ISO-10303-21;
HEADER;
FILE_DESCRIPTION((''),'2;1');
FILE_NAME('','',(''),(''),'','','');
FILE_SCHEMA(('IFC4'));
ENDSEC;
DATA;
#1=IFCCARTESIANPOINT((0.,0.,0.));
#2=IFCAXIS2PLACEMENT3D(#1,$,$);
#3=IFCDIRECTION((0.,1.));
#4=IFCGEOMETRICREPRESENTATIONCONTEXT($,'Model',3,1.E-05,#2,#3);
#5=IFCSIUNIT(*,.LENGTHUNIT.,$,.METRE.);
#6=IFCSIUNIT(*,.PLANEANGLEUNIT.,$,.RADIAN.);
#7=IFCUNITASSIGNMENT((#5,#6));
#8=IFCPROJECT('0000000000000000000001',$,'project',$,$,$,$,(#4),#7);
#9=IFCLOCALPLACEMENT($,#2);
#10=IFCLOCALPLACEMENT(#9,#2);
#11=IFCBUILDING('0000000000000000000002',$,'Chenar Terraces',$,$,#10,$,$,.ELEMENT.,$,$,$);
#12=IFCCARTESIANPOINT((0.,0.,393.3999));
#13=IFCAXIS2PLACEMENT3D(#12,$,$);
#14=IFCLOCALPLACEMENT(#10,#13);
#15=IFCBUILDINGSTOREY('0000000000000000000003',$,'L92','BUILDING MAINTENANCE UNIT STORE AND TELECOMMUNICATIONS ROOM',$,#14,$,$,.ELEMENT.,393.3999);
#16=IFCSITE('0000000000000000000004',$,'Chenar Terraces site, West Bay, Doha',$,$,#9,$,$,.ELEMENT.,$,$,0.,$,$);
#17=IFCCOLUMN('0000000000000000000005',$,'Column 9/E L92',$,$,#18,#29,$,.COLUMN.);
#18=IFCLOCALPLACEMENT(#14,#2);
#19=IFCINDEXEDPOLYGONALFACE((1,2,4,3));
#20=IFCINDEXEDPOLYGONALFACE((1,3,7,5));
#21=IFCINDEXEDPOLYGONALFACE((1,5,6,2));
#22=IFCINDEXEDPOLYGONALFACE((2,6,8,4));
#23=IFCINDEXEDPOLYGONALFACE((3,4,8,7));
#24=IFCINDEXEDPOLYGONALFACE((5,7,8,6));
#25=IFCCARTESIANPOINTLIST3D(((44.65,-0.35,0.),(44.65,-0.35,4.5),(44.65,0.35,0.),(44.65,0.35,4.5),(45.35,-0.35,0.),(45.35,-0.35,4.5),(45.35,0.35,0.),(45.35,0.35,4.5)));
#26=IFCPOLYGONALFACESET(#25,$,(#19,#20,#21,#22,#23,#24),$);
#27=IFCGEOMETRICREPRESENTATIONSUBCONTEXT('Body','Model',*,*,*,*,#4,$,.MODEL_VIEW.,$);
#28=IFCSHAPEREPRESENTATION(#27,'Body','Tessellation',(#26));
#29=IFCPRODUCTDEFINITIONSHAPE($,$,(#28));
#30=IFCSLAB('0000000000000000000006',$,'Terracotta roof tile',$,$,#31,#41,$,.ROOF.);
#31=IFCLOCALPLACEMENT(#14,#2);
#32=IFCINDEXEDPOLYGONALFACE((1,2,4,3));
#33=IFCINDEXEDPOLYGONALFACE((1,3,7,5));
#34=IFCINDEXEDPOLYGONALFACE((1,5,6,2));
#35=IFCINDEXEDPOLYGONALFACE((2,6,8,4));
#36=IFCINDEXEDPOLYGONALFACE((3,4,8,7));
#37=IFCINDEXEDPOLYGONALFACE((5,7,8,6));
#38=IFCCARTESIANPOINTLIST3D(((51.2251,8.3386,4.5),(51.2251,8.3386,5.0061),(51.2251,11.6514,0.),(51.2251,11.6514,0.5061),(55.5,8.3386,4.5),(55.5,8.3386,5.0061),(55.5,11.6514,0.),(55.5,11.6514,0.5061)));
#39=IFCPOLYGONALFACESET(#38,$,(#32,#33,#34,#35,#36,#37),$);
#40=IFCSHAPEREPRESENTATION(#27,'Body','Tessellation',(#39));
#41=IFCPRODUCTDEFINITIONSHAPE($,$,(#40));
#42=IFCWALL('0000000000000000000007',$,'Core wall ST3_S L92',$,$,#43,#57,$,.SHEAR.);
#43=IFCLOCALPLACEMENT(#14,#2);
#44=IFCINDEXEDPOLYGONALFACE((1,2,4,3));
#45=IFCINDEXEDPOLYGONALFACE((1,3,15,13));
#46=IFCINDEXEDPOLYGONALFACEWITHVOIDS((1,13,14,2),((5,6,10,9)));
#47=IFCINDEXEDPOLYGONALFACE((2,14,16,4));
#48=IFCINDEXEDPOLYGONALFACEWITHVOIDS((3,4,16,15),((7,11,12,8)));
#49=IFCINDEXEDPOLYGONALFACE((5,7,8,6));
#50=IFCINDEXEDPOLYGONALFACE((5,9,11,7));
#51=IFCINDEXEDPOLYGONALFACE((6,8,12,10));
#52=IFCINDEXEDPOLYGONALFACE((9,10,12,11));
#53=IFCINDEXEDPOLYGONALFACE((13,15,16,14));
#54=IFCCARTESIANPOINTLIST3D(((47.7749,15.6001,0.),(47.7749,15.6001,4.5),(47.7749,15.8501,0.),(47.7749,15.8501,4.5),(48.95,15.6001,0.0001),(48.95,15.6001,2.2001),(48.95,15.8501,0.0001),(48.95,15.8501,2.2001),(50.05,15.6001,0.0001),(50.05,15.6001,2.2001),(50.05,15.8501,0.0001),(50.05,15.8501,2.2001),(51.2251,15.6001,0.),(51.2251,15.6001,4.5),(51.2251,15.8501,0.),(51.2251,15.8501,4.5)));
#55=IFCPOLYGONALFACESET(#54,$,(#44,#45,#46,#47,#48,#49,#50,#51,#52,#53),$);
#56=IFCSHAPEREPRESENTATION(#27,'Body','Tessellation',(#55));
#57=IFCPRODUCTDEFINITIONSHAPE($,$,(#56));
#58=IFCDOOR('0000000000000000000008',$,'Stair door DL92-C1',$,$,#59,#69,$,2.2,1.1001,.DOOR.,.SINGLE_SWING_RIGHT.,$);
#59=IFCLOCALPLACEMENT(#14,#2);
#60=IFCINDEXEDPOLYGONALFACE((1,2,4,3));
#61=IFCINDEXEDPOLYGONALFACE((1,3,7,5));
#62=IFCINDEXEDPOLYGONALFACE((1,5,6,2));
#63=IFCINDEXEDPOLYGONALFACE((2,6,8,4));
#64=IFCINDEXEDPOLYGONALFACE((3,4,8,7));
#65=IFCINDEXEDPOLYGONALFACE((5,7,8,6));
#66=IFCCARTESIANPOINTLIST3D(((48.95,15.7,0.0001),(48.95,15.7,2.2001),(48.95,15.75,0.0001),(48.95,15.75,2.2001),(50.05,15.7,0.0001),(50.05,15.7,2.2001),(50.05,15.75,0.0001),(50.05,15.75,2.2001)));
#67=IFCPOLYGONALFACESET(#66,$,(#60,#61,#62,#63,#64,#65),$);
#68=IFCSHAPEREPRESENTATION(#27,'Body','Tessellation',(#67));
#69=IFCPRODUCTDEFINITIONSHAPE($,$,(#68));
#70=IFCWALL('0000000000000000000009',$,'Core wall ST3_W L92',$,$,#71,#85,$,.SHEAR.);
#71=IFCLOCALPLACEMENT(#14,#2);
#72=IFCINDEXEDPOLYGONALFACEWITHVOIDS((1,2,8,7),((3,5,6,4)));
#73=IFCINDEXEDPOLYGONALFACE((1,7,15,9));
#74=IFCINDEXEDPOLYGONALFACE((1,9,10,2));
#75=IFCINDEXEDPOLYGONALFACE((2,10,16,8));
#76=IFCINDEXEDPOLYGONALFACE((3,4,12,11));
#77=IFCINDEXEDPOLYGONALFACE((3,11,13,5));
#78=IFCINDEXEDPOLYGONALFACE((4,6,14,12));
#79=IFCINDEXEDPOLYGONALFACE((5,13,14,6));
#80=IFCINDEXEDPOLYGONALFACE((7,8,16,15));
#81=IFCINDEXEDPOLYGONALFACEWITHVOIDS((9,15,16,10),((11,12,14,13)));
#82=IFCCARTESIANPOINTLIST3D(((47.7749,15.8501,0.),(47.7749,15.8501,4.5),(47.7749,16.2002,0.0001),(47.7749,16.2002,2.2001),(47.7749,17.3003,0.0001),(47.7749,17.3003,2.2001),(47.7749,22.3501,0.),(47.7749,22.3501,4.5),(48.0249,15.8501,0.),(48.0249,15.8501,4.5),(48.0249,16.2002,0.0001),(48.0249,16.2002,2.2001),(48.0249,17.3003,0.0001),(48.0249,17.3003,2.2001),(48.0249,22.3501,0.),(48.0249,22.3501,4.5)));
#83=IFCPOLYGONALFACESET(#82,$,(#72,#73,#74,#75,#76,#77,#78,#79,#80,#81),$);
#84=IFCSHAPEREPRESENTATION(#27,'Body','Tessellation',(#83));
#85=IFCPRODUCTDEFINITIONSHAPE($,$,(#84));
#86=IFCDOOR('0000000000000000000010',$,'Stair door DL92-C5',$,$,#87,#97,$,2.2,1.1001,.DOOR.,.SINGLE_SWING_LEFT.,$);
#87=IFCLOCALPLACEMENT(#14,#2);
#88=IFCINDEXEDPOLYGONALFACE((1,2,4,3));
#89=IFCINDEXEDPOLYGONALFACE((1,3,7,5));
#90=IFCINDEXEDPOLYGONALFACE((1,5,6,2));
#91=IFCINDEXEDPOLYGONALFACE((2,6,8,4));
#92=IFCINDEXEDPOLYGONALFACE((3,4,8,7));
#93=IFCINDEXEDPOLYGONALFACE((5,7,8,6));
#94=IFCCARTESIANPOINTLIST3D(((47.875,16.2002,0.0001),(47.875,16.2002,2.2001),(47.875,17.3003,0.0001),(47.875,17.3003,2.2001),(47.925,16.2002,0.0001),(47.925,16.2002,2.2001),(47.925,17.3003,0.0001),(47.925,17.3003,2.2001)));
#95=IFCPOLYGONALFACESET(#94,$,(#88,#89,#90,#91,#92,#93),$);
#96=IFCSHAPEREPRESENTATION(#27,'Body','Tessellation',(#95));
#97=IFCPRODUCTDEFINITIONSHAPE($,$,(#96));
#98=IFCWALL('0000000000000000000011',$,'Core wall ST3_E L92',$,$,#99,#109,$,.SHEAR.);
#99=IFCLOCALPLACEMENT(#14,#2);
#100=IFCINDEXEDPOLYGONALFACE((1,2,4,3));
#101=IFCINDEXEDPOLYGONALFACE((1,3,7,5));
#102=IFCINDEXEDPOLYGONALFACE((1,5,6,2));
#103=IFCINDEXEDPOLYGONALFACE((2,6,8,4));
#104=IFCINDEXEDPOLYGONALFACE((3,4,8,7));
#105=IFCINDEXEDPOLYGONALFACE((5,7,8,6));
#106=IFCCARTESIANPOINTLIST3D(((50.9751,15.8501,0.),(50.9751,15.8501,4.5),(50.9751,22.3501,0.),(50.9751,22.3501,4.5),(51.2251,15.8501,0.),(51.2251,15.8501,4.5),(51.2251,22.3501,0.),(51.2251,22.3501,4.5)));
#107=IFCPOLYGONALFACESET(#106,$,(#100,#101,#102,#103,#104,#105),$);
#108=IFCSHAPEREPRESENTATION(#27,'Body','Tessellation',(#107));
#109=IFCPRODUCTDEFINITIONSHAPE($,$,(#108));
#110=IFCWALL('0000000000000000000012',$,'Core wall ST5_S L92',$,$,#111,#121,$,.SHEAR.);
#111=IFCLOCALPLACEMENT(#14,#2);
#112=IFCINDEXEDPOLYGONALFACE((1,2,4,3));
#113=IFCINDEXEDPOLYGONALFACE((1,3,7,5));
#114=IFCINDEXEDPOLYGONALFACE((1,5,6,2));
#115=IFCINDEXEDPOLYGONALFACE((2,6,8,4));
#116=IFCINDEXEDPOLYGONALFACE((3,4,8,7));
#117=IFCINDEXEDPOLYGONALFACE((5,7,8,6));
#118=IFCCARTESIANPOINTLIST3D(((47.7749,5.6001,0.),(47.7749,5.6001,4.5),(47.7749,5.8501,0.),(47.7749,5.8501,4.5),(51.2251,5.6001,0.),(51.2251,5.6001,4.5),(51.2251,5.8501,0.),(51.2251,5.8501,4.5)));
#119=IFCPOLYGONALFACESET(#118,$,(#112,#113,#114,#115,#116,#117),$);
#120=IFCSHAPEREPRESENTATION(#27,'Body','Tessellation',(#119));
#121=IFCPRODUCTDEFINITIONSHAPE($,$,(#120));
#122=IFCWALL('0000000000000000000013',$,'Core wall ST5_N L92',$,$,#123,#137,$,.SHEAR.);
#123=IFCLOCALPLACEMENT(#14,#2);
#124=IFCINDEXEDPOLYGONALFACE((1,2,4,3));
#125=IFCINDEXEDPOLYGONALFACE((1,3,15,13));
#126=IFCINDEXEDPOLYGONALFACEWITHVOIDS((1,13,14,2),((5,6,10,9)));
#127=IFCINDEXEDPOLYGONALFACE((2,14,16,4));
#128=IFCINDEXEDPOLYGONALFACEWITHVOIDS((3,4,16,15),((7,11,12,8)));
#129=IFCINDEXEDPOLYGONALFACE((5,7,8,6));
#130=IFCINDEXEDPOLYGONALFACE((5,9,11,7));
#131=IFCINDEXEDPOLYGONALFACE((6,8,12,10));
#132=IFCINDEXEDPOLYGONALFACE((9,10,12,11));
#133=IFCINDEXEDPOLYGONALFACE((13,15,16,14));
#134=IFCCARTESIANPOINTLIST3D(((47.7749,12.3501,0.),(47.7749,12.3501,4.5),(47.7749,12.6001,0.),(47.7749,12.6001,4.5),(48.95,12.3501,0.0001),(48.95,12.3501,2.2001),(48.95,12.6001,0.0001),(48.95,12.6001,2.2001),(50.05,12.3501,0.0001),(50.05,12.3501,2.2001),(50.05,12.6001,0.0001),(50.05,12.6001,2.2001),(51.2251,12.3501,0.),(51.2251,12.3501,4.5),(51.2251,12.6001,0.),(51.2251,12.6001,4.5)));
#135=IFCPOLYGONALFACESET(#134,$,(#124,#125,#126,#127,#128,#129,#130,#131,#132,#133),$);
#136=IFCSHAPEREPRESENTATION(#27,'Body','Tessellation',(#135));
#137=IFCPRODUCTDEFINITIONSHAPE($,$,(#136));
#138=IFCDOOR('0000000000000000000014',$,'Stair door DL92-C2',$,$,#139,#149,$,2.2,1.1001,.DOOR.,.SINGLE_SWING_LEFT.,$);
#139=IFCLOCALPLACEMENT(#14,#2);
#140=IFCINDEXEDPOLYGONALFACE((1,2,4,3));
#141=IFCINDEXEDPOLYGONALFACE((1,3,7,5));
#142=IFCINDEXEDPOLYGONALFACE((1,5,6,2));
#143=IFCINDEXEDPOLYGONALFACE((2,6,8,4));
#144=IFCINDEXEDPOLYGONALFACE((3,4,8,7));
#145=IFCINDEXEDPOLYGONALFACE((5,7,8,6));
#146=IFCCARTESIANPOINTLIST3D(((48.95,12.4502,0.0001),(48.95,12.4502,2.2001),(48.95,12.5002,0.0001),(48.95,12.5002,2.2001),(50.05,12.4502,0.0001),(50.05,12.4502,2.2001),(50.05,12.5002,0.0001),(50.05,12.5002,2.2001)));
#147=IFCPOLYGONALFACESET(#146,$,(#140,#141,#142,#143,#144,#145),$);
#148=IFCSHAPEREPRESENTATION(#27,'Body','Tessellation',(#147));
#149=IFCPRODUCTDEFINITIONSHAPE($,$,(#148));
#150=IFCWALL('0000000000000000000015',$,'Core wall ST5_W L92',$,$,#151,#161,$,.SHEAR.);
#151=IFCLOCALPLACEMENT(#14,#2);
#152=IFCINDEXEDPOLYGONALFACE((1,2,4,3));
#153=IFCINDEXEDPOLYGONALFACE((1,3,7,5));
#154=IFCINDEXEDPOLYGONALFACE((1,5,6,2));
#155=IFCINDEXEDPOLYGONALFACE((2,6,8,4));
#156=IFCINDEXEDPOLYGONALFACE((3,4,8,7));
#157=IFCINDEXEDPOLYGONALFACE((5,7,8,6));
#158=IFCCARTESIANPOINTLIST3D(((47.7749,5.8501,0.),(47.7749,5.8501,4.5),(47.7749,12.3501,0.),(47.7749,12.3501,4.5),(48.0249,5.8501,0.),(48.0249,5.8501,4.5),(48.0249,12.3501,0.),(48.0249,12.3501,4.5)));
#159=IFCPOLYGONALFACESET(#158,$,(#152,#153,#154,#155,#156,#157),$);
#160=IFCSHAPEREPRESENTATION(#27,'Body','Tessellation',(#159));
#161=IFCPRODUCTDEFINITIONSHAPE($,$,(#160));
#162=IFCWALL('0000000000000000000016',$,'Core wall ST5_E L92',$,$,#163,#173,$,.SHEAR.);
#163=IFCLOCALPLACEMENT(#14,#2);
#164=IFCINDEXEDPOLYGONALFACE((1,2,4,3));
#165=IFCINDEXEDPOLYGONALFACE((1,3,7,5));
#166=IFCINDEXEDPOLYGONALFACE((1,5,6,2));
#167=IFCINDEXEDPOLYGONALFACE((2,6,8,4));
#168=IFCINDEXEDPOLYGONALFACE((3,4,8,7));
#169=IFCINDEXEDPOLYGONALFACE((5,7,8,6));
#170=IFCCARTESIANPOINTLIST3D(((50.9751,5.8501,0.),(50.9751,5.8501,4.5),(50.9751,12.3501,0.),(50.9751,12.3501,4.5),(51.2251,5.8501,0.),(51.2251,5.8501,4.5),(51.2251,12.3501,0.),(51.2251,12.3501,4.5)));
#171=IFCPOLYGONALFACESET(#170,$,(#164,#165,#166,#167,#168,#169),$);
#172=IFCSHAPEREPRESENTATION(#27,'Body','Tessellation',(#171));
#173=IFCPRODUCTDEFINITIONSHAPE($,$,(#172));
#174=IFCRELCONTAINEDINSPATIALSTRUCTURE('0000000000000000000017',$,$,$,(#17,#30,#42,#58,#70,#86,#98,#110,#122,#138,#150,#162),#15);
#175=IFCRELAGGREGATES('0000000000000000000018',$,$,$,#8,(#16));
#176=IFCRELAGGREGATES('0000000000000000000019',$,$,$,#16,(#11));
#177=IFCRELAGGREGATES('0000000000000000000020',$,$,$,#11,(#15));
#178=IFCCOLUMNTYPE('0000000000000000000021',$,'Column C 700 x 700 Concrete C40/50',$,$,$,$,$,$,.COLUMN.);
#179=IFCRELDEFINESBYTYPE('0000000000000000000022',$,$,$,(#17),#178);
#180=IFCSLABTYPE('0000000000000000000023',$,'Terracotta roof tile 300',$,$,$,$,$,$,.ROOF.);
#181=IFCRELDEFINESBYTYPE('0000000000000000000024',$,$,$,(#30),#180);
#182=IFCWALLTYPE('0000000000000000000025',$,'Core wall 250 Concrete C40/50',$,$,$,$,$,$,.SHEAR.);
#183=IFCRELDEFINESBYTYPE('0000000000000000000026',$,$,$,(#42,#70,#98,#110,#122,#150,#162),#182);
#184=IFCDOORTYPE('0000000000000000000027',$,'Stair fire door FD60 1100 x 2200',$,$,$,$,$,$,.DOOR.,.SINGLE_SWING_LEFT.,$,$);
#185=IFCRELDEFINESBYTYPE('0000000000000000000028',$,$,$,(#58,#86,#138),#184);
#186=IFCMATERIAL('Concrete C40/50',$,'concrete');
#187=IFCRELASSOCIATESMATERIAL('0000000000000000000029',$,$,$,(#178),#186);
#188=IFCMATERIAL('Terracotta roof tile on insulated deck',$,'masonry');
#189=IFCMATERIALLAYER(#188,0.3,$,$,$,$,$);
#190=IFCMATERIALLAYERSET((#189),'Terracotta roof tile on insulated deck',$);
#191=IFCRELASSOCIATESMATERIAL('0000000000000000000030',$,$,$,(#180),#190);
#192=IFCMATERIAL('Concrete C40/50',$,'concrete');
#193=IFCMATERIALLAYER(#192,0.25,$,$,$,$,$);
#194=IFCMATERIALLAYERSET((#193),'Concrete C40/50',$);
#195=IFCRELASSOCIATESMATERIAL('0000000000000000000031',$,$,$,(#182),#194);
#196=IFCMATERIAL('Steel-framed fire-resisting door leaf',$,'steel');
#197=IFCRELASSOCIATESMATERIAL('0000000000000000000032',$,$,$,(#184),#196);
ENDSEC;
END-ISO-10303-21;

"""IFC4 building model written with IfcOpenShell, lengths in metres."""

from ifc_helpers import new_model, si_unit, direction, frame, frame_2d, origin, origin_2d, place, context, subcontext, project, spatial, polyline, rectangle, outline, extrude, material, layer, layer_set, material_profile, profile_set, type_object, element, fill, save


model = new_model("IFC4")

# Units and contexts
model_context = context("Model", 3, precision=1e-05, world=origin(), true_north=direction((0.0, 1.0)))
body_context = subcontext(model_context, "Body", "Model", "MODEL_VIEW")
ifc_project = project(units=[si_unit("LENGTHUNIT", "METRE"), si_unit("PLANEANGLEUNIT", "RADIAN")], contexts=[model_context])

# Site, building, storey
site_placement = place(None, origin())
site = spatial("IfcSite", under=ifc_project, at=site_placement, Name="Chenar Terraces site, West Bay, Doha", CompositionType="ELEMENT", RefElevation=0.0)
building_placement = place(site_placement, origin())
building = spatial("IfcBuilding", under=site, at=building_placement, Name="Chenar Terraces", CompositionType="ELEMENT")
storey_placement = place(building_placement, frame((0.0, 0.0, 393.3999)))
storey = spatial("IfcBuildingStorey", under=building, at=storey_placement, Name="L92", Description="BUILDING MAINTENANCE UNIT STORE AND TELECOMMUNICATIONS ROOM", CompositionType="ELEMENT", Elevation=393.3999)

# Column
ifc_material_1 = material(Name="Concrete C40/50", Category="concrete")
ifc_material_profile = material_profile(ifc_material_1, rectangle(XDim=0.7, YDim=0.7, at=origin_2d()), Name="C 700 x 700")
ifc_profile_set = profile_set([ifc_material_profile], Name="Concrete C40/50")
column_type = type_object("IfcColumnType", Name="Column C 700 x 700 Concrete C40/50", PredefinedType="COLUMN", material=ifc_profile_set)
column_placement = place(storey_placement, frame((45.0, 0.0, 0.0), z_axis=(0.0, 0.0, 1.0), x_axis=(1.0, 0.0, 0.0)))
element("IfcColumn", 1, at=column_placement, inside=storey, type_object=column_type, Name="Column 9/E L92", PredefinedType="COLUMN", context=body_context, shape_type="SweptSolid", body=[
    extrude(rectangle(XDim=0.7, YDim=0.7, at=origin_2d()), origin(), (0.0, 0.0, 1.0), 4.5),
])

# Slab
ifc_material_2 = material(Name="Terracotta roof tile on insulated deck", Category="masonry")
ifc_layer_1 = layer(ifc_material_2, 0.3)
ifc_layer_set_1 = layer_set([ifc_layer_1], Name="Terracotta roof tile on insulated deck")
slab_type = type_object("IfcSlabType", Name="Terracotta roof tile 300", PredefinedType="ROOF", material=ifc_layer_set_1)
slab_placement = place(storey_placement, frame((51.2251, 11.6514, 0.5061), z_axis=(0.0, 0.805316, 0.592846), x_axis=(1.0, 0.0, 0.0)))
element("IfcSlab", 2, at=slab_placement, inside=storey, type_object=slab_type, Name="Terracotta roof tile", PredefinedType="ROOF", context=body_context, shape_type="SweptSolid", body=[
    extrude(outline(polyline([(0.0, 0.0), (4.2749, 0.0), (4.2749, -5.5879), (0.0, -5.5879), (0.0, 0.0)])), origin(), (0.0, 0.805316, -0.592846), 0.5061),
])

# Walls, openings, doors
ifc_material_3 = material(Name="Concrete C40/50", Category="concrete")
ifc_layer_2 = layer(ifc_material_3, 0.25)
ifc_layer_set_2 = layer_set([ifc_layer_2], Name="Concrete C40/50")
wall_type_1 = type_object("IfcWallType", Name="Core wall 250 Concrete C40/50", PredefinedType="SHEAR", material=ifc_layer_set_2)
wall_1_placement = place(storey_placement, frame((47.7749, 15.7251, 0.0), z_axis=(0.0, 0.0, 1.0), x_axis=(1.0, 0.0, 0.0)))
wall_1 = element("IfcWall", 3, at=wall_1_placement, inside=storey, type_object=wall_type_1, Name="Core wall ST3_S L92", PredefinedType="SHEAR", context=body_context, shape_type="SweptSolid", body=[
    extrude(rectangle(XDim=3.4502, YDim=0.25, at=frame_2d((1.7251, 0.0))), origin(), (0.0, 0.0, 1.0), 4.5),
])
opening_1_placement = place(wall_1_placement, frame((1.175, 0.0, 0.0)))
opening_1 = element("IfcOpeningElement", 4, at=opening_1_placement, cuts=wall_1, PredefinedType="OPENING", context=body_context, shape_type="SweptSolid", body=[
    extrude(rectangle(XDim=1.1001, YDim=2.2, at=frame_2d((0.55, 1.1001))), frame((0.0, 0.135, 0.0), z_axis=(0.0, -1.0, 0.0), x_axis=(1.0, 0.0, 0.0)), (0.0, 0.0, 1.0), 0.27),
])
ifc_material_4 = material(Name="Steel-framed fire-resisting door leaf", Category="steel")
door_type_1 = type_object("IfcDoorType", Name="Stair fire door FD60 1100 x 2200", OperationType="SINGLE_SWING_LEFT", PredefinedType="DOOR", material=ifc_material_4)
door_1_placement = place(opening_1_placement, origin())
door_1 = element("IfcDoor", 5, at=door_1_placement, inside=storey, type_object=door_type_1, Name="Stair door DL92-C1", OperationType="SINGLE_SWING_RIGHT", OverallHeight=2.2, OverallWidth=1.1001, PredefinedType="DOOR", context=body_context, shape_type="SweptSolid", body=[
    extrude(rectangle(XDim=1.1001, YDim=2.2, at=frame_2d((0.55, 1.1001))), frame((0.0, 0.0249, 0.0), z_axis=(0.0, -1.0, 0.0), x_axis=(1.0, 0.0, 0.0)), (0.0, 0.0, 1.0), 0.05),
])
fill(opening_1, door_1)
wall_2_placement = place(storey_placement, frame((47.8999, 15.8501, 0.0), z_axis=(0.0, 0.0, 1.0), x_axis=(0.0, 1.0, 0.0)))
wall_2 = element("IfcWall", 6, at=wall_2_placement, inside=storey, type_object=wall_type_1, Name="Core wall ST3_W L92", PredefinedType="SHEAR", context=body_context, shape_type="SweptSolid", body=[
    extrude(rectangle(XDim=6.5, YDim=0.25, at=frame_2d((3.25, 0.0))), origin(), (0.0, 0.0, 1.0), 4.5),
])
opening_2_placement = place(wall_2_placement, frame((0.3501, 0.0, 0.0)))
opening_2 = element("IfcOpeningElement", 7, at=opening_2_placement, cuts=wall_2, PredefinedType="OPENING", context=body_context, shape_type="SweptSolid", body=[
    extrude(rectangle(XDim=1.1001, YDim=2.2, at=frame_2d((0.55, 1.1001))), frame((0.0, 0.135, 0.0), z_axis=(0.0, -1.0, 0.0), x_axis=(1.0, 0.0, 0.0)), (0.0, 0.0, 1.0), 0.27),
])
door_2_placement = place(opening_2_placement, origin())
door_2 = element("IfcDoor", 8, at=door_2_placement, inside=storey, type_object=door_type_1, Name="Stair door DL92-C5", OperationType="SINGLE_SWING_LEFT", OverallHeight=2.2, OverallWidth=1.1001, PredefinedType="DOOR", context=body_context, shape_type="SweptSolid", body=[
    extrude(rectangle(XDim=1.1001, YDim=2.2, at=frame_2d((0.55, 1.1001))), frame((0.0, 0.0249, 0.0), z_axis=(0.0, -1.0, 0.0), x_axis=(1.0, 0.0, 0.0)), (0.0, 0.0, 1.0), 0.05),
])
fill(opening_2, door_2)

# Walls
wall_3_placement = place(storey_placement, frame((51.1001, 15.8501, 0.0), z_axis=(0.0, 0.0, 1.0), x_axis=(0.0, 1.0, 0.0)))
element("IfcWall", 9, at=wall_3_placement, inside=storey, type_object=wall_type_1, Name="Core wall ST3_E L92", PredefinedType="SHEAR", context=body_context, shape_type="SweptSolid", body=[
    extrude(rectangle(XDim=6.5, YDim=0.25, at=frame_2d((3.25, 0.0))), origin(), (0.0, 0.0, 1.0), 4.5),
])
wall_4_placement = place(storey_placement, frame((47.7749, 5.7251, 0.0), z_axis=(0.0, 0.0, 1.0), x_axis=(1.0, 0.0, 0.0)))
element("IfcWall", 10, at=wall_4_placement, inside=storey, type_object=wall_type_1, Name="Core wall ST5_S L92", PredefinedType="SHEAR", context=body_context, shape_type="SweptSolid", body=[
    extrude(rectangle(XDim=3.4502, YDim=0.25, at=frame_2d((1.7251, 0.0))), origin(), (0.0, 0.0, 1.0), 4.5),
])

# Wall, opening, door
wall_5_placement = place(storey_placement, frame((47.7749, 12.4751, 0.0), z_axis=(0.0, 0.0, 1.0), x_axis=(1.0, 0.0, 0.0)))
wall_5 = element("IfcWall", 11, at=wall_5_placement, inside=storey, type_object=wall_type_1, Name="Core wall ST5_N L92", PredefinedType="SHEAR", context=body_context, shape_type="SweptSolid", body=[
    extrude(rectangle(XDim=3.4502, YDim=0.25, at=frame_2d((1.7251, 0.0))), origin(), (0.0, 0.0, 1.0), 4.5),
])
opening_3_placement = place(wall_5_placement, frame((1.175, 0.0, 0.0)))
opening_3 = element("IfcOpeningElement", 12, at=opening_3_placement, cuts=wall_5, PredefinedType="OPENING", context=body_context, shape_type="SweptSolid", body=[
    extrude(rectangle(XDim=1.1001, YDim=2.2, at=frame_2d((0.55, 1.1001))), frame((0.0, 0.135, 0.0), z_axis=(0.0, -1.0, 0.0), x_axis=(1.0, 0.0, 0.0)), (0.0, 0.0, 1.0), 0.27),
])
door_3_placement = place(opening_3_placement, frame((1.1001, 0.0, 0.0), z_axis=(0.0, 0.0, 1.0), x_axis=(-1.0, 0.0, 0.0)))
door_3 = element("IfcDoor", 13, at=door_3_placement, inside=storey, type_object=door_type_1, Name="Stair door DL92-C2", OperationType="SINGLE_SWING_LEFT", OverallHeight=2.2, OverallWidth=1.1001, PredefinedType="DOOR", context=body_context, shape_type="SweptSolid", body=[
    extrude(rectangle(XDim=1.1001, YDim=2.2, at=frame_2d((0.55, 1.1001))), frame((0.0, 0.0249, 0.0), z_axis=(0.0, -1.0, 0.0), x_axis=(1.0, 0.0, 0.0)), (0.0, 0.0, 1.0), 0.05),
])
fill(opening_3, door_3)

# Walls
for number, where, z_axis, x_axis, name in (
    (14, (47.8999, 5.8501, 0.0), (0.0, 0.0, 1.0), (0.0, 1.0, 0.0), "Core wall ST5_W L92"),
    (15, (51.1001, 5.8501, 0.0), (0.0, 0.0, 1.0), (0.0, 1.0, 0.0), "Core wall ST5_E L92"),
):
    element("IfcWall", number, at=place(storey_placement, frame(where, z_axis=z_axis, x_axis=x_axis)), inside=storey, type_object=wall_type_1, Name=name, PredefinedType="SHEAR", context=body_context, shape_type="SweptSolid", body=[
        extrude(rectangle(XDim=6.5, YDim=0.25, at=frame_2d((3.25, 0.0))), origin(), (0.0, 0.0, 1.0), 4.5),
    ])

save(model, "model.ifc")
